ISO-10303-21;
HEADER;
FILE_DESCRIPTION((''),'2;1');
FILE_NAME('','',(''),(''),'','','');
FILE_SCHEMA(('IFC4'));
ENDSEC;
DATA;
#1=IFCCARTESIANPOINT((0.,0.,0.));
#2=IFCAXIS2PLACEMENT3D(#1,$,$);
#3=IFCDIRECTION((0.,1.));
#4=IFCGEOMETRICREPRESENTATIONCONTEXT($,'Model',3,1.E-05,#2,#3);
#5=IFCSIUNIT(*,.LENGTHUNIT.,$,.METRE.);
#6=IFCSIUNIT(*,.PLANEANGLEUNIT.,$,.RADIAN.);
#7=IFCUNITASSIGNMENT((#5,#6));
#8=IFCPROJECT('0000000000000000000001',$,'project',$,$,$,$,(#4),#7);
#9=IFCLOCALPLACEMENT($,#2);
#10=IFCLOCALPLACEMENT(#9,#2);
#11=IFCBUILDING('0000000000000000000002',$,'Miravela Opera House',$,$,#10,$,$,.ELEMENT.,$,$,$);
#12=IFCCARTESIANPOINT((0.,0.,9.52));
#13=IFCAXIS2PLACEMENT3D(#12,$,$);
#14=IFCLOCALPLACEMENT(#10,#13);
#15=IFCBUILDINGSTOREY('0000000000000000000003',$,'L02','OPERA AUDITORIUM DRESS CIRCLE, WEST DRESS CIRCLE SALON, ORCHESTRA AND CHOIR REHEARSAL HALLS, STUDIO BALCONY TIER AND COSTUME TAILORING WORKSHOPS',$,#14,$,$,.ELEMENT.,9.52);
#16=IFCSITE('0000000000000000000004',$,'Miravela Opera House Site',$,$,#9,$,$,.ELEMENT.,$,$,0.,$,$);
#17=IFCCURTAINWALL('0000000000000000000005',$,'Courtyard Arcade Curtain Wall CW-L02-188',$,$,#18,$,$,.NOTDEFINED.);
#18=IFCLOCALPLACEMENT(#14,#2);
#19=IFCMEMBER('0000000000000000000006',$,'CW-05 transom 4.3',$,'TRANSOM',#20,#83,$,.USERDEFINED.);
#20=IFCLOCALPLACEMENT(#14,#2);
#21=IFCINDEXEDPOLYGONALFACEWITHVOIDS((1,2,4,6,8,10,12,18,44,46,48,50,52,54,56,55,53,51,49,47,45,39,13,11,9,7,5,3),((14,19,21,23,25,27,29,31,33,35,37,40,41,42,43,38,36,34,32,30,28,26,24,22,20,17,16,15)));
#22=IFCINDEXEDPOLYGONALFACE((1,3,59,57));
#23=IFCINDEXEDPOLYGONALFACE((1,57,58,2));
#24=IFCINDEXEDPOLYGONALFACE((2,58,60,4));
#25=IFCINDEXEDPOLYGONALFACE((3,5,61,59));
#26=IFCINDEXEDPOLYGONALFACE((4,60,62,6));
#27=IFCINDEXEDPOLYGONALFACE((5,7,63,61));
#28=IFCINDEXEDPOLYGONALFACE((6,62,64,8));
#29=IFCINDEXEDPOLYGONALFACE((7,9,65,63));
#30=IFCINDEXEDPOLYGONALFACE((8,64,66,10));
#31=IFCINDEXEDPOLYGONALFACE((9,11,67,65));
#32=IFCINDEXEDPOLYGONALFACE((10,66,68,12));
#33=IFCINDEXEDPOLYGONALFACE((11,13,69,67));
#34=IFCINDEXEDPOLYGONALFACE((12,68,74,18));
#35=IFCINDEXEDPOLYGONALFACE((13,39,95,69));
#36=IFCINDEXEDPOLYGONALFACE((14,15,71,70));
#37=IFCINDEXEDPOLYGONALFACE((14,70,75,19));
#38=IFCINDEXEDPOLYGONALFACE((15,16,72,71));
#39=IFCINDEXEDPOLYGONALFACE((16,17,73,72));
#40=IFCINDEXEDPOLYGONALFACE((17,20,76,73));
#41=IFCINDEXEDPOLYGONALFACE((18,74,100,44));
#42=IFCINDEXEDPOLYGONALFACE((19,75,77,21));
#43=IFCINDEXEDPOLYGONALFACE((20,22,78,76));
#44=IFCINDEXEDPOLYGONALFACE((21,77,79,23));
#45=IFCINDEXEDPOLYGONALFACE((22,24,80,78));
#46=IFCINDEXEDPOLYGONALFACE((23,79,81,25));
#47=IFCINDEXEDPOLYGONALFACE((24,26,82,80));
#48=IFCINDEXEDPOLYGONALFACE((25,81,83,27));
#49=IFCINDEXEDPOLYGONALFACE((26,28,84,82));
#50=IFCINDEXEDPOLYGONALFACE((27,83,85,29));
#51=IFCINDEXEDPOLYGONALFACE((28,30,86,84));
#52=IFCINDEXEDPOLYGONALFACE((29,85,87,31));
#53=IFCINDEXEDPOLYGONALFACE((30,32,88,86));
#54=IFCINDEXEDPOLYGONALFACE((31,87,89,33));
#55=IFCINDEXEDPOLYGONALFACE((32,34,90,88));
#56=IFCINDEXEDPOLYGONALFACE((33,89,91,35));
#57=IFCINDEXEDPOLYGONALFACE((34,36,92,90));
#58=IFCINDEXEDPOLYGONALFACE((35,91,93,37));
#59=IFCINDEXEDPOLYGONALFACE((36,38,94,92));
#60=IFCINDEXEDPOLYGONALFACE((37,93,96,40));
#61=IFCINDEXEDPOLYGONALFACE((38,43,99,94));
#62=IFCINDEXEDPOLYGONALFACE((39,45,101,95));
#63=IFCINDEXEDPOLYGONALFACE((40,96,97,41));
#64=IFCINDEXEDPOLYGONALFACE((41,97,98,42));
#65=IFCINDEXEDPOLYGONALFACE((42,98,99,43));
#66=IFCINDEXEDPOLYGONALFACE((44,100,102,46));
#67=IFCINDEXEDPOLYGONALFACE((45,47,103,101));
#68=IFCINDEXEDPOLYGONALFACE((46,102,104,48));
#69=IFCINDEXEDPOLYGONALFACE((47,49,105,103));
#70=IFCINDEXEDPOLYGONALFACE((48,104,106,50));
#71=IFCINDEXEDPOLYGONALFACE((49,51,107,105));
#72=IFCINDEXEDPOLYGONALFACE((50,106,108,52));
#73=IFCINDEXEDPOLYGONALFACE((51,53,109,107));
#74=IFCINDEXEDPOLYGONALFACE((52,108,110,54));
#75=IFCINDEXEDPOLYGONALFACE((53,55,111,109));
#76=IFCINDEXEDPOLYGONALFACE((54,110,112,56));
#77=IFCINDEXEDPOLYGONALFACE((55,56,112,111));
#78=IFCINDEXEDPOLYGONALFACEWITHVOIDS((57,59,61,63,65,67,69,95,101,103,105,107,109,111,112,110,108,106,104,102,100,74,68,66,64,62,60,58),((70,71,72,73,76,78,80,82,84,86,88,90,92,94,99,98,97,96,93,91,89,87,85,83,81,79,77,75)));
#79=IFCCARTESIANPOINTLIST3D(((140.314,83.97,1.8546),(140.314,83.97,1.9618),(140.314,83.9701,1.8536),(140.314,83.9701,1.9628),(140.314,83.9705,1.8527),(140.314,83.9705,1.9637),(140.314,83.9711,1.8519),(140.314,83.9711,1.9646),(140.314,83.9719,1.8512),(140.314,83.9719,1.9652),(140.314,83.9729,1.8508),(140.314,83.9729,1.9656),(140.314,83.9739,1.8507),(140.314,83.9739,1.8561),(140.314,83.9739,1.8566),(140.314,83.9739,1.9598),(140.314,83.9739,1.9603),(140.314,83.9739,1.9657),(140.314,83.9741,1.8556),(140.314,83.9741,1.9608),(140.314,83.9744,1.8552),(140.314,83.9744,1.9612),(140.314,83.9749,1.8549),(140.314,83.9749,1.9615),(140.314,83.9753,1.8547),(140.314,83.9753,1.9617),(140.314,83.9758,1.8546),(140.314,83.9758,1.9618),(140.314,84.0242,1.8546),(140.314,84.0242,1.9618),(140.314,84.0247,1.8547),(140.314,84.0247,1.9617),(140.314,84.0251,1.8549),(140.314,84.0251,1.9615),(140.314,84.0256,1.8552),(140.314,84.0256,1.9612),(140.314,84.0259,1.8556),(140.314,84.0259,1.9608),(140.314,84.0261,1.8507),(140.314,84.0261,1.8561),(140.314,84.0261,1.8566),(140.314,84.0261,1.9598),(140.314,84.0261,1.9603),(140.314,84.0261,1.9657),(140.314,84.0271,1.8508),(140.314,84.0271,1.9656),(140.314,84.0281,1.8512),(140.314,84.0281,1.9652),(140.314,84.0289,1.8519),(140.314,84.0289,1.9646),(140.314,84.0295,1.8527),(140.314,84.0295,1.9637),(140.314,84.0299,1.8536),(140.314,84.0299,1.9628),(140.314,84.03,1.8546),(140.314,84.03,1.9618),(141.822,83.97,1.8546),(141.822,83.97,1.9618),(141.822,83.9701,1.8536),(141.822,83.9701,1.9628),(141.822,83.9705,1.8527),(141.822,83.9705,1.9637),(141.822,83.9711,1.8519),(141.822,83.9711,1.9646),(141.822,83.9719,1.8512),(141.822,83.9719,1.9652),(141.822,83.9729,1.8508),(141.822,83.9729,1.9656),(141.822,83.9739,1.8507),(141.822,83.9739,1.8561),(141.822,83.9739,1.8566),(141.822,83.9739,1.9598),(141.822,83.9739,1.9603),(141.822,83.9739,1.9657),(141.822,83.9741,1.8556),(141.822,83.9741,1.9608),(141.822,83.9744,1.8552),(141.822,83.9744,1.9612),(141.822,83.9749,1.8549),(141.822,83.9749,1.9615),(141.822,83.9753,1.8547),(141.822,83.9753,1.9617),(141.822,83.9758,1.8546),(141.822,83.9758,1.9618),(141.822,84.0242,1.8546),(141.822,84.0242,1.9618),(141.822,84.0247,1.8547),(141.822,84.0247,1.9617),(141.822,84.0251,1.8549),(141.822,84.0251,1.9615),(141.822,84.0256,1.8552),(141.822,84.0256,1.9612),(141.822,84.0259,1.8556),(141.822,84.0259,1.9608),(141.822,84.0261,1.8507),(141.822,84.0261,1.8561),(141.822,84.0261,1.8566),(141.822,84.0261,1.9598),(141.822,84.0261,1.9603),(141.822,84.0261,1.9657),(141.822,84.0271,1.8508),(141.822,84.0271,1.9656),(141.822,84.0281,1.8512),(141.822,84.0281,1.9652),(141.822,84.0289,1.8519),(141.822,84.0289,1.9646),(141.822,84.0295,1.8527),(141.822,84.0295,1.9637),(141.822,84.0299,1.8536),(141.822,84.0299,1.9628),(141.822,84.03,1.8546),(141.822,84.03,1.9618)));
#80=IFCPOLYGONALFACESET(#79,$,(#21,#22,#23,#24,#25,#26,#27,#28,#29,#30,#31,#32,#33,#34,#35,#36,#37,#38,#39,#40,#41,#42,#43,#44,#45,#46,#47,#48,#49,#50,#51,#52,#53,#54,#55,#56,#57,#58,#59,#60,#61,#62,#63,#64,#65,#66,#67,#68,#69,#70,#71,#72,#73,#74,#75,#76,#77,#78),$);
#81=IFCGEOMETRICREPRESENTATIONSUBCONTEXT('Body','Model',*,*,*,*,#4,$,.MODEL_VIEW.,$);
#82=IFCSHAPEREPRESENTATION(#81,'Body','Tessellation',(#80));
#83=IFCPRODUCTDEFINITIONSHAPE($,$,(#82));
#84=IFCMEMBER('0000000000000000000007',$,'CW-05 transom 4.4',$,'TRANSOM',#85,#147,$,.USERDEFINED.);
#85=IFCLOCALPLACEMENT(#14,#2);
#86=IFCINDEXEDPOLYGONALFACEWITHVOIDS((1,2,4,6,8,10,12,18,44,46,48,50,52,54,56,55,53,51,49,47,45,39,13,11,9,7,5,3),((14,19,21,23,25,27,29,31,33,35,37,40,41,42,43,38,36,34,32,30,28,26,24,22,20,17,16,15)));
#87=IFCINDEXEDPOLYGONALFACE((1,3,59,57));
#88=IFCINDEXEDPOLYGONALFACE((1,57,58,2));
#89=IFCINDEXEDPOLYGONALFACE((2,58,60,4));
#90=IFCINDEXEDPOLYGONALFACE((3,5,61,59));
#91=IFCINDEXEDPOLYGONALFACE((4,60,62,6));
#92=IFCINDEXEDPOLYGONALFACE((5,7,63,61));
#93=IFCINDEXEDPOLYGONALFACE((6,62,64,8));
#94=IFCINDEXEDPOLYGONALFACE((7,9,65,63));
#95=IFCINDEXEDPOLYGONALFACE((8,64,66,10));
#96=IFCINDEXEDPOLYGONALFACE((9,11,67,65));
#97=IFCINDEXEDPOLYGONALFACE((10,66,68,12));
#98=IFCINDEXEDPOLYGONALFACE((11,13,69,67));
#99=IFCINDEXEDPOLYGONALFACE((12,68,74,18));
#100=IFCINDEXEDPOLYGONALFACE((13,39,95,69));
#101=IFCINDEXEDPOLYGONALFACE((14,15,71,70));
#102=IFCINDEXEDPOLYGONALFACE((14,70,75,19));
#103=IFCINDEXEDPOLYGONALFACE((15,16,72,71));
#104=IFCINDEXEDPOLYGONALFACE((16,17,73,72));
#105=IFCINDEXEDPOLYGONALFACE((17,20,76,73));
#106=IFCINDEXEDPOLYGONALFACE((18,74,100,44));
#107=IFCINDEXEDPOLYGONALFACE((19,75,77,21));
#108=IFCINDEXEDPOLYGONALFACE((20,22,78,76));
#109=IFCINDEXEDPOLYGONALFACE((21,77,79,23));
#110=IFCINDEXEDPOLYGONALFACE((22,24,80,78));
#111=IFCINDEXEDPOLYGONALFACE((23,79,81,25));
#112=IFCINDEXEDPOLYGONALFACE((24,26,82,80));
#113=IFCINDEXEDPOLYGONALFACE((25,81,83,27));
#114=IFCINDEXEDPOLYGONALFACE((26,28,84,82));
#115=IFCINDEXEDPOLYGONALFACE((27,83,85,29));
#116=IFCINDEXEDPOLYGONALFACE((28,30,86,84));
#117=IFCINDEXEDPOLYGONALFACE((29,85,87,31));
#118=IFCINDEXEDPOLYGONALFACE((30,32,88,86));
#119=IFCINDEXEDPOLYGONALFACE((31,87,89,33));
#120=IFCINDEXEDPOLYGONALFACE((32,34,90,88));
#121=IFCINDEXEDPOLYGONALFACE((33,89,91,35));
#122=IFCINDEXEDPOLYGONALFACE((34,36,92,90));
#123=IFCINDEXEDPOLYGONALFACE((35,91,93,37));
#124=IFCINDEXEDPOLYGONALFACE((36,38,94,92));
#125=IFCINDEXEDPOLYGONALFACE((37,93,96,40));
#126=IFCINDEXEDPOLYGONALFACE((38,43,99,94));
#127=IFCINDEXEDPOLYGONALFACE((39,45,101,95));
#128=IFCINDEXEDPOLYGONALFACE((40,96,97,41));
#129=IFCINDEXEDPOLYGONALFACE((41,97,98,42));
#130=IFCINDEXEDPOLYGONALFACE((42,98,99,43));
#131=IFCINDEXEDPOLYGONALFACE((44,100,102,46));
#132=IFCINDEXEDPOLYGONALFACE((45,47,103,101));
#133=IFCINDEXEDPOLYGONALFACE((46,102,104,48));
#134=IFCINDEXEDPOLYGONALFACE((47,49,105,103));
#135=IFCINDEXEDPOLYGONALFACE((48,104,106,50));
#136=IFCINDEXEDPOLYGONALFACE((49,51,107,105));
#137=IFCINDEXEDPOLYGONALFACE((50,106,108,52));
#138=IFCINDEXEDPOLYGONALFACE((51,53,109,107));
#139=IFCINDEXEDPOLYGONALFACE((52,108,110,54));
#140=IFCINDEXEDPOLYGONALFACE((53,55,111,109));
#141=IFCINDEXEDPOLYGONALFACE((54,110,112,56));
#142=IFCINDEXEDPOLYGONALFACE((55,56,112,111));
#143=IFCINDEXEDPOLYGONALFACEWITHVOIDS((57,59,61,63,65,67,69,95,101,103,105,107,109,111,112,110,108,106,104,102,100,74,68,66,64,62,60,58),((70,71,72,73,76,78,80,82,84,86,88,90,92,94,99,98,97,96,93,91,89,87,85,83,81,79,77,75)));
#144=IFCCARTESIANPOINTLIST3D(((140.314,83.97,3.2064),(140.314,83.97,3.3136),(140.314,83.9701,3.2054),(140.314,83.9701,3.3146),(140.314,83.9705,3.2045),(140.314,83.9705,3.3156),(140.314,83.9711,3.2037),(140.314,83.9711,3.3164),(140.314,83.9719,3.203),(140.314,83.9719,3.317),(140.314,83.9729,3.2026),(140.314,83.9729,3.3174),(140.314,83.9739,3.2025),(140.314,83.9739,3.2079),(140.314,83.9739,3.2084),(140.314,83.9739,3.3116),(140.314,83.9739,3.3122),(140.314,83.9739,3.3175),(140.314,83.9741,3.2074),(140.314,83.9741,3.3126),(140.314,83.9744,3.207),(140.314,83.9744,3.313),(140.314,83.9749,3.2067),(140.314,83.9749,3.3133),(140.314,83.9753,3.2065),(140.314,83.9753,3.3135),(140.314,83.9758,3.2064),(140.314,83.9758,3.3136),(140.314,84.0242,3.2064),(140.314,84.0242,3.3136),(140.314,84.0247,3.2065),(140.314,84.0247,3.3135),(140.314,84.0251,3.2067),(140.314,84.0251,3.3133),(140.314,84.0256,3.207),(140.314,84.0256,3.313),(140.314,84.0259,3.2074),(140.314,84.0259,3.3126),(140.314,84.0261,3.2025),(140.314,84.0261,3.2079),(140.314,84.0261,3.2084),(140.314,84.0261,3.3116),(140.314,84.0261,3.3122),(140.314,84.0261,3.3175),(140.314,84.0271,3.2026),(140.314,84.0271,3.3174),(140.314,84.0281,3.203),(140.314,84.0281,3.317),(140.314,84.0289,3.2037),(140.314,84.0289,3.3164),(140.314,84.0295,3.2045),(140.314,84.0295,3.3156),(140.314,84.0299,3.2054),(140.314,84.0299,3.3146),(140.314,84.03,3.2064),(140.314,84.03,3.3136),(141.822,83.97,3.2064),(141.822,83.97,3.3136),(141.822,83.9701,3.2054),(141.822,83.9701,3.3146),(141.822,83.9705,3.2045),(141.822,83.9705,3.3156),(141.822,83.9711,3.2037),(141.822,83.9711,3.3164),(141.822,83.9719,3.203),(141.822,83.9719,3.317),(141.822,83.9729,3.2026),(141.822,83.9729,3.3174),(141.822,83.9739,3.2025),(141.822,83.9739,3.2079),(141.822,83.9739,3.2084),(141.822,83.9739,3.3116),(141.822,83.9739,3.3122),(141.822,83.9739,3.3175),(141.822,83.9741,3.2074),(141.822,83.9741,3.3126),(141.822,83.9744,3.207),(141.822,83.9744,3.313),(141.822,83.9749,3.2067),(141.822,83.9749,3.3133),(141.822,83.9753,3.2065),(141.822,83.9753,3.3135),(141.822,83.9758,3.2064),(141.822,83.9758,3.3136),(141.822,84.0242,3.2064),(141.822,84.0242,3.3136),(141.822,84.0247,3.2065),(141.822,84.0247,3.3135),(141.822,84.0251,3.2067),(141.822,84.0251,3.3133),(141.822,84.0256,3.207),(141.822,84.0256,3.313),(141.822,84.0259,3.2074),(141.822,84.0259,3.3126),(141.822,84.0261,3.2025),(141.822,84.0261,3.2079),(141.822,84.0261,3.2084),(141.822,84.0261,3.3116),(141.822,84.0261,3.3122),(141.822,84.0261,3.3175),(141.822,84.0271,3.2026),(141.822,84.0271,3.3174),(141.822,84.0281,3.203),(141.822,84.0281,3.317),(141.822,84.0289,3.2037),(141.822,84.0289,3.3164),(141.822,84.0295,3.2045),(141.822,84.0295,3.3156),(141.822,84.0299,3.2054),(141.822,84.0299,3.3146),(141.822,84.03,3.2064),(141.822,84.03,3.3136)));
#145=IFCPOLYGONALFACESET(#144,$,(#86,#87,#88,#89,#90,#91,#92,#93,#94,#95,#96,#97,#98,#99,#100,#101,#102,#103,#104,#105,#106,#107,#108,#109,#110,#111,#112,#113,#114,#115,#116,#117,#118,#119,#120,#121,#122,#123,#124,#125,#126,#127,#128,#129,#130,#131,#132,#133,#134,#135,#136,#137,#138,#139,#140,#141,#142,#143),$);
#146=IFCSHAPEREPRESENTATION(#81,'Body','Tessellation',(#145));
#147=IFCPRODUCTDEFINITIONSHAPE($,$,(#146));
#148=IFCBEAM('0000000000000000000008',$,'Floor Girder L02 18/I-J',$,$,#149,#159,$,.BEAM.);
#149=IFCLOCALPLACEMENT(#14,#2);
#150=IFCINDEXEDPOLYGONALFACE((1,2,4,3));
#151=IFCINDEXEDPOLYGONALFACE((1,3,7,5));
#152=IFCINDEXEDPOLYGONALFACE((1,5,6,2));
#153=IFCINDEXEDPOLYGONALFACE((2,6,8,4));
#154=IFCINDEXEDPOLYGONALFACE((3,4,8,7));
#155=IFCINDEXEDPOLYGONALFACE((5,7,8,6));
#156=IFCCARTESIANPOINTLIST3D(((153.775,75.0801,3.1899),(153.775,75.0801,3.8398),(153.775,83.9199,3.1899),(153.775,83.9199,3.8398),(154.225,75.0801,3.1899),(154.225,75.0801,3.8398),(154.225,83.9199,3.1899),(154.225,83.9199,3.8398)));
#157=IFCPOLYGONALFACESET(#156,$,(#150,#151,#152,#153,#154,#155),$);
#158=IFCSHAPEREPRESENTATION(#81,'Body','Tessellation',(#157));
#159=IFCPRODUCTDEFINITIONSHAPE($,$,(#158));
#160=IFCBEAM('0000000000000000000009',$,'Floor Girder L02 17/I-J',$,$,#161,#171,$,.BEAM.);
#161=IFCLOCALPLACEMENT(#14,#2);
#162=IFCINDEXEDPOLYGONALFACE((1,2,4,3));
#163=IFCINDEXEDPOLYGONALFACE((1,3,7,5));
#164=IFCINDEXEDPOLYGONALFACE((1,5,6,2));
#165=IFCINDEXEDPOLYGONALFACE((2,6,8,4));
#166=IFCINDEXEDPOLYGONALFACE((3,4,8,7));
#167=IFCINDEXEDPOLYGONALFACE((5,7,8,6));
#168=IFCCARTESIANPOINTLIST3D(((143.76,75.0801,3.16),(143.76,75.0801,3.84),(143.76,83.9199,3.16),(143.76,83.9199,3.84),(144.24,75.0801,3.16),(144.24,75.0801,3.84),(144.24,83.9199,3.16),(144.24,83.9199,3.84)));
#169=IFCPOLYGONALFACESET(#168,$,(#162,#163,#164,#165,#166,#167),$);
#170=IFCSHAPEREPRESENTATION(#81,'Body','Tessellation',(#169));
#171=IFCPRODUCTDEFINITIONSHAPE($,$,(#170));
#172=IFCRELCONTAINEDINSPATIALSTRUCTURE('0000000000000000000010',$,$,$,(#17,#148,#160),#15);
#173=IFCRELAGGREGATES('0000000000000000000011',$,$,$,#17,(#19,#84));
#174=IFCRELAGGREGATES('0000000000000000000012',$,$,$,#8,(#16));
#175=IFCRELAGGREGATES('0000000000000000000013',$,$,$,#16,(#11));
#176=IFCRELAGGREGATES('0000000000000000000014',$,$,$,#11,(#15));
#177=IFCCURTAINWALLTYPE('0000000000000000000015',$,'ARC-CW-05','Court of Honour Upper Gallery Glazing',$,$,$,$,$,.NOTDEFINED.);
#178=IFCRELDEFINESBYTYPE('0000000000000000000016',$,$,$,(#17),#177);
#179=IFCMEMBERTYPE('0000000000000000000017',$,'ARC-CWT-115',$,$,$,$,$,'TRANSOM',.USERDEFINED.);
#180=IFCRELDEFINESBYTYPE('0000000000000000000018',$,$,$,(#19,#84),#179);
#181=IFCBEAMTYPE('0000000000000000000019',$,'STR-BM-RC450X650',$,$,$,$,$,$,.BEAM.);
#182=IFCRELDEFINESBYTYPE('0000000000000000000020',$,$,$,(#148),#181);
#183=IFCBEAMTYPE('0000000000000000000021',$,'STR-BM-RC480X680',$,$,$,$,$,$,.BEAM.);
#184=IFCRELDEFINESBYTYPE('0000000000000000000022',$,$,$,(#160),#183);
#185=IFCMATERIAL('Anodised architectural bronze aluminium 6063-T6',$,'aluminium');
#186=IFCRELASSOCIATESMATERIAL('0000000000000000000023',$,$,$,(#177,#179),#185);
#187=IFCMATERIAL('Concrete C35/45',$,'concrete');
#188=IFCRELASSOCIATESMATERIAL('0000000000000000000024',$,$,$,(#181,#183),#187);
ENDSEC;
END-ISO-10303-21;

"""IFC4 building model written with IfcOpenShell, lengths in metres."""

from ifc_helpers import new_model, si_unit, direction, frame, origin, origin_2d, place, context, subcontext, project, spatial, rectangle, hollow_rectangle, extrude, material, material_profile, profile_set, type_object, element, aggregate, save


model = new_model("IFC4")

# Units and contexts
model_context = context("Model", 3, precision=1e-05, world=origin(), true_north=direction((0.0, 1.0)))
body_context = subcontext(model_context, "Body", "Model", "MODEL_VIEW")
ifc_project = project(units=[si_unit("LENGTHUNIT", "METRE"), si_unit("PLANEANGLEUNIT", "RADIAN")], contexts=[model_context])

# Site, building, storey
site_placement = place(None, origin())
site = spatial("IfcSite", under=ifc_project, at=site_placement, Name="Miravela Opera House Site", CompositionType="ELEMENT", RefElevation=0.0)
building_placement = place(site_placement, origin())
building = spatial("IfcBuilding", under=site, at=building_placement, Name="Miravela Opera House", CompositionType="ELEMENT")
storey_placement = place(building_placement, frame((0.0, 0.0, 9.52)))
storey = spatial("IfcBuildingStorey", under=building, at=storey_placement, Name="L02", Description="OPERA AUDITORIUM DRESS CIRCLE, WEST DRESS CIRCLE SALON, ORCHESTRA AND CHOIR REHEARSAL HALLS, STUDIO BALCONY TIER AND COSTUME TAILORING WORKSHOPS", CompositionType="ELEMENT", Elevation=9.52)

# Shared definitions
ifc_material_1 = material(Name="Concrete C35/45", Category="concrete")

# Curtain wall, members
ifc_material_2 = material(Name="Anodised architectural bronze aluminium 6063-T6", Category="aluminium")
curtain_wall_type = type_object("IfcCurtainWallType", Name="ARC-CW-05", Description="Court of Honour Upper Gallery Glazing", PredefinedType="NOTDEFINED", material=ifc_material_2)
curtain_wall_placement = place(storey_placement, origin())
curtain_wall = element("IfcCurtainWall", 1, at=curtain_wall_placement, inside=storey, type_object=curtain_wall_type, Name="Courtyard Arcade Curtain Wall CW-L02-188", PredefinedType="NOTDEFINED")
ifc_material_profile_1 = material_profile(ifc_material_2, hollow_rectangle(XDim=0.0601, YDim=0.115, WallThickness=0.0039, InnerFilletRadius=0.002, OuterFilletRadius=0.0039, at=origin_2d()), Name="CWT-60X115")
ifc_profile_set_1 = profile_set([ifc_material_profile_1])
member_type_1 = type_object("IfcMemberType", Name="ARC-CWT-115", ElementType="TRANSOM", PredefinedType="USERDEFINED", material=ifc_profile_set_1)
member_1_placement = place(storey_placement, frame((140.314, 84.0, 1.9082), z_axis=(1.0, 0.0, 0.0), x_axis=(0.0, 1.0, 0.0)))
member_1 = element("IfcMember", 2, at=member_1_placement, type_object=member_type_1, Name="CW-05 transom 4.3", ObjectType="TRANSOM", PredefinedType="USERDEFINED", context=body_context, shape_type="SweptSolid", body=[
    extrude(hollow_rectangle(XDim=0.0601, YDim=0.115, WallThickness=0.0039, InnerFilletRadius=0.002, OuterFilletRadius=0.0039, at=origin_2d()), origin(), (0.0, 0.0, 1.0), 1.5081),
])
member_2_placement = place(storey_placement, frame((140.314, 84.0, 3.26), z_axis=(1.0, 0.0, 0.0), x_axis=(0.0, 1.0, 0.0)))
member_2 = element("IfcMember", 3, at=member_2_placement, type_object=member_type_1, Name="CW-05 transom 4.4", ObjectType="TRANSOM", PredefinedType="USERDEFINED", context=body_context, shape_type="SweptSolid", body=[
    extrude(hollow_rectangle(XDim=0.0601, YDim=0.115, WallThickness=0.0039, InnerFilletRadius=0.002, OuterFilletRadius=0.0039, at=origin_2d()), origin(), (0.0, 0.0, 1.0), 1.5081),
])

# Beams
ifc_material_profile_2 = material_profile(ifc_material_1, rectangle(XDim=0.45, YDim=0.6499, at=origin_2d()), Name="RC-BM-450X650")
ifc_profile_set_2 = profile_set([ifc_material_profile_2])
beam_type_1 = type_object("IfcBeamType", Name="STR-BM-RC450X650", PredefinedType="BEAM", material=ifc_profile_set_2)
beam_1_placement = place(storey_placement, frame((154.0, 75.0801, 3.5149), z_axis=(0.0, 1.0, 0.0), x_axis=(-1.0, 0.0, 0.0)))
element("IfcBeam", 4, at=beam_1_placement, inside=storey, type_object=beam_type_1, Name="Floor Girder L02 18/I-J", PredefinedType="BEAM", context=body_context, shape_type="SweptSolid", body=[
    extrude(rectangle(XDim=0.45, YDim=0.6499, at=origin_2d()), origin(), (0.0, 0.0, 1.0), 8.8398),
])
ifc_material_profile_3 = material_profile(ifc_material_1, rectangle(XDim=0.48, YDim=0.6799, at=origin_2d()), Name="RC-BM-480X680")
ifc_profile_set_3 = profile_set([ifc_material_profile_3])
beam_type_2 = type_object("IfcBeamType", Name="STR-BM-RC480X680", PredefinedType="BEAM", material=ifc_profile_set_3)
beam_2_placement = place(storey_placement, frame((144.0, 75.0801, 3.5), z_axis=(0.0, 1.0, 0.0), x_axis=(-1.0, 0.0, 0.0)))
element("IfcBeam", 5, at=beam_2_placement, inside=storey, type_object=beam_type_2, Name="Floor Girder L02 17/I-J", PredefinedType="BEAM", context=body_context, shape_type="SweptSolid", body=[
    extrude(rectangle(XDim=0.48, YDim=0.6799, at=origin_2d()), origin(), (0.0, 0.0, 1.0), 8.8398),
])

aggregate(curtain_wall, [member_1, member_2])

save(model, "model.ifc")
